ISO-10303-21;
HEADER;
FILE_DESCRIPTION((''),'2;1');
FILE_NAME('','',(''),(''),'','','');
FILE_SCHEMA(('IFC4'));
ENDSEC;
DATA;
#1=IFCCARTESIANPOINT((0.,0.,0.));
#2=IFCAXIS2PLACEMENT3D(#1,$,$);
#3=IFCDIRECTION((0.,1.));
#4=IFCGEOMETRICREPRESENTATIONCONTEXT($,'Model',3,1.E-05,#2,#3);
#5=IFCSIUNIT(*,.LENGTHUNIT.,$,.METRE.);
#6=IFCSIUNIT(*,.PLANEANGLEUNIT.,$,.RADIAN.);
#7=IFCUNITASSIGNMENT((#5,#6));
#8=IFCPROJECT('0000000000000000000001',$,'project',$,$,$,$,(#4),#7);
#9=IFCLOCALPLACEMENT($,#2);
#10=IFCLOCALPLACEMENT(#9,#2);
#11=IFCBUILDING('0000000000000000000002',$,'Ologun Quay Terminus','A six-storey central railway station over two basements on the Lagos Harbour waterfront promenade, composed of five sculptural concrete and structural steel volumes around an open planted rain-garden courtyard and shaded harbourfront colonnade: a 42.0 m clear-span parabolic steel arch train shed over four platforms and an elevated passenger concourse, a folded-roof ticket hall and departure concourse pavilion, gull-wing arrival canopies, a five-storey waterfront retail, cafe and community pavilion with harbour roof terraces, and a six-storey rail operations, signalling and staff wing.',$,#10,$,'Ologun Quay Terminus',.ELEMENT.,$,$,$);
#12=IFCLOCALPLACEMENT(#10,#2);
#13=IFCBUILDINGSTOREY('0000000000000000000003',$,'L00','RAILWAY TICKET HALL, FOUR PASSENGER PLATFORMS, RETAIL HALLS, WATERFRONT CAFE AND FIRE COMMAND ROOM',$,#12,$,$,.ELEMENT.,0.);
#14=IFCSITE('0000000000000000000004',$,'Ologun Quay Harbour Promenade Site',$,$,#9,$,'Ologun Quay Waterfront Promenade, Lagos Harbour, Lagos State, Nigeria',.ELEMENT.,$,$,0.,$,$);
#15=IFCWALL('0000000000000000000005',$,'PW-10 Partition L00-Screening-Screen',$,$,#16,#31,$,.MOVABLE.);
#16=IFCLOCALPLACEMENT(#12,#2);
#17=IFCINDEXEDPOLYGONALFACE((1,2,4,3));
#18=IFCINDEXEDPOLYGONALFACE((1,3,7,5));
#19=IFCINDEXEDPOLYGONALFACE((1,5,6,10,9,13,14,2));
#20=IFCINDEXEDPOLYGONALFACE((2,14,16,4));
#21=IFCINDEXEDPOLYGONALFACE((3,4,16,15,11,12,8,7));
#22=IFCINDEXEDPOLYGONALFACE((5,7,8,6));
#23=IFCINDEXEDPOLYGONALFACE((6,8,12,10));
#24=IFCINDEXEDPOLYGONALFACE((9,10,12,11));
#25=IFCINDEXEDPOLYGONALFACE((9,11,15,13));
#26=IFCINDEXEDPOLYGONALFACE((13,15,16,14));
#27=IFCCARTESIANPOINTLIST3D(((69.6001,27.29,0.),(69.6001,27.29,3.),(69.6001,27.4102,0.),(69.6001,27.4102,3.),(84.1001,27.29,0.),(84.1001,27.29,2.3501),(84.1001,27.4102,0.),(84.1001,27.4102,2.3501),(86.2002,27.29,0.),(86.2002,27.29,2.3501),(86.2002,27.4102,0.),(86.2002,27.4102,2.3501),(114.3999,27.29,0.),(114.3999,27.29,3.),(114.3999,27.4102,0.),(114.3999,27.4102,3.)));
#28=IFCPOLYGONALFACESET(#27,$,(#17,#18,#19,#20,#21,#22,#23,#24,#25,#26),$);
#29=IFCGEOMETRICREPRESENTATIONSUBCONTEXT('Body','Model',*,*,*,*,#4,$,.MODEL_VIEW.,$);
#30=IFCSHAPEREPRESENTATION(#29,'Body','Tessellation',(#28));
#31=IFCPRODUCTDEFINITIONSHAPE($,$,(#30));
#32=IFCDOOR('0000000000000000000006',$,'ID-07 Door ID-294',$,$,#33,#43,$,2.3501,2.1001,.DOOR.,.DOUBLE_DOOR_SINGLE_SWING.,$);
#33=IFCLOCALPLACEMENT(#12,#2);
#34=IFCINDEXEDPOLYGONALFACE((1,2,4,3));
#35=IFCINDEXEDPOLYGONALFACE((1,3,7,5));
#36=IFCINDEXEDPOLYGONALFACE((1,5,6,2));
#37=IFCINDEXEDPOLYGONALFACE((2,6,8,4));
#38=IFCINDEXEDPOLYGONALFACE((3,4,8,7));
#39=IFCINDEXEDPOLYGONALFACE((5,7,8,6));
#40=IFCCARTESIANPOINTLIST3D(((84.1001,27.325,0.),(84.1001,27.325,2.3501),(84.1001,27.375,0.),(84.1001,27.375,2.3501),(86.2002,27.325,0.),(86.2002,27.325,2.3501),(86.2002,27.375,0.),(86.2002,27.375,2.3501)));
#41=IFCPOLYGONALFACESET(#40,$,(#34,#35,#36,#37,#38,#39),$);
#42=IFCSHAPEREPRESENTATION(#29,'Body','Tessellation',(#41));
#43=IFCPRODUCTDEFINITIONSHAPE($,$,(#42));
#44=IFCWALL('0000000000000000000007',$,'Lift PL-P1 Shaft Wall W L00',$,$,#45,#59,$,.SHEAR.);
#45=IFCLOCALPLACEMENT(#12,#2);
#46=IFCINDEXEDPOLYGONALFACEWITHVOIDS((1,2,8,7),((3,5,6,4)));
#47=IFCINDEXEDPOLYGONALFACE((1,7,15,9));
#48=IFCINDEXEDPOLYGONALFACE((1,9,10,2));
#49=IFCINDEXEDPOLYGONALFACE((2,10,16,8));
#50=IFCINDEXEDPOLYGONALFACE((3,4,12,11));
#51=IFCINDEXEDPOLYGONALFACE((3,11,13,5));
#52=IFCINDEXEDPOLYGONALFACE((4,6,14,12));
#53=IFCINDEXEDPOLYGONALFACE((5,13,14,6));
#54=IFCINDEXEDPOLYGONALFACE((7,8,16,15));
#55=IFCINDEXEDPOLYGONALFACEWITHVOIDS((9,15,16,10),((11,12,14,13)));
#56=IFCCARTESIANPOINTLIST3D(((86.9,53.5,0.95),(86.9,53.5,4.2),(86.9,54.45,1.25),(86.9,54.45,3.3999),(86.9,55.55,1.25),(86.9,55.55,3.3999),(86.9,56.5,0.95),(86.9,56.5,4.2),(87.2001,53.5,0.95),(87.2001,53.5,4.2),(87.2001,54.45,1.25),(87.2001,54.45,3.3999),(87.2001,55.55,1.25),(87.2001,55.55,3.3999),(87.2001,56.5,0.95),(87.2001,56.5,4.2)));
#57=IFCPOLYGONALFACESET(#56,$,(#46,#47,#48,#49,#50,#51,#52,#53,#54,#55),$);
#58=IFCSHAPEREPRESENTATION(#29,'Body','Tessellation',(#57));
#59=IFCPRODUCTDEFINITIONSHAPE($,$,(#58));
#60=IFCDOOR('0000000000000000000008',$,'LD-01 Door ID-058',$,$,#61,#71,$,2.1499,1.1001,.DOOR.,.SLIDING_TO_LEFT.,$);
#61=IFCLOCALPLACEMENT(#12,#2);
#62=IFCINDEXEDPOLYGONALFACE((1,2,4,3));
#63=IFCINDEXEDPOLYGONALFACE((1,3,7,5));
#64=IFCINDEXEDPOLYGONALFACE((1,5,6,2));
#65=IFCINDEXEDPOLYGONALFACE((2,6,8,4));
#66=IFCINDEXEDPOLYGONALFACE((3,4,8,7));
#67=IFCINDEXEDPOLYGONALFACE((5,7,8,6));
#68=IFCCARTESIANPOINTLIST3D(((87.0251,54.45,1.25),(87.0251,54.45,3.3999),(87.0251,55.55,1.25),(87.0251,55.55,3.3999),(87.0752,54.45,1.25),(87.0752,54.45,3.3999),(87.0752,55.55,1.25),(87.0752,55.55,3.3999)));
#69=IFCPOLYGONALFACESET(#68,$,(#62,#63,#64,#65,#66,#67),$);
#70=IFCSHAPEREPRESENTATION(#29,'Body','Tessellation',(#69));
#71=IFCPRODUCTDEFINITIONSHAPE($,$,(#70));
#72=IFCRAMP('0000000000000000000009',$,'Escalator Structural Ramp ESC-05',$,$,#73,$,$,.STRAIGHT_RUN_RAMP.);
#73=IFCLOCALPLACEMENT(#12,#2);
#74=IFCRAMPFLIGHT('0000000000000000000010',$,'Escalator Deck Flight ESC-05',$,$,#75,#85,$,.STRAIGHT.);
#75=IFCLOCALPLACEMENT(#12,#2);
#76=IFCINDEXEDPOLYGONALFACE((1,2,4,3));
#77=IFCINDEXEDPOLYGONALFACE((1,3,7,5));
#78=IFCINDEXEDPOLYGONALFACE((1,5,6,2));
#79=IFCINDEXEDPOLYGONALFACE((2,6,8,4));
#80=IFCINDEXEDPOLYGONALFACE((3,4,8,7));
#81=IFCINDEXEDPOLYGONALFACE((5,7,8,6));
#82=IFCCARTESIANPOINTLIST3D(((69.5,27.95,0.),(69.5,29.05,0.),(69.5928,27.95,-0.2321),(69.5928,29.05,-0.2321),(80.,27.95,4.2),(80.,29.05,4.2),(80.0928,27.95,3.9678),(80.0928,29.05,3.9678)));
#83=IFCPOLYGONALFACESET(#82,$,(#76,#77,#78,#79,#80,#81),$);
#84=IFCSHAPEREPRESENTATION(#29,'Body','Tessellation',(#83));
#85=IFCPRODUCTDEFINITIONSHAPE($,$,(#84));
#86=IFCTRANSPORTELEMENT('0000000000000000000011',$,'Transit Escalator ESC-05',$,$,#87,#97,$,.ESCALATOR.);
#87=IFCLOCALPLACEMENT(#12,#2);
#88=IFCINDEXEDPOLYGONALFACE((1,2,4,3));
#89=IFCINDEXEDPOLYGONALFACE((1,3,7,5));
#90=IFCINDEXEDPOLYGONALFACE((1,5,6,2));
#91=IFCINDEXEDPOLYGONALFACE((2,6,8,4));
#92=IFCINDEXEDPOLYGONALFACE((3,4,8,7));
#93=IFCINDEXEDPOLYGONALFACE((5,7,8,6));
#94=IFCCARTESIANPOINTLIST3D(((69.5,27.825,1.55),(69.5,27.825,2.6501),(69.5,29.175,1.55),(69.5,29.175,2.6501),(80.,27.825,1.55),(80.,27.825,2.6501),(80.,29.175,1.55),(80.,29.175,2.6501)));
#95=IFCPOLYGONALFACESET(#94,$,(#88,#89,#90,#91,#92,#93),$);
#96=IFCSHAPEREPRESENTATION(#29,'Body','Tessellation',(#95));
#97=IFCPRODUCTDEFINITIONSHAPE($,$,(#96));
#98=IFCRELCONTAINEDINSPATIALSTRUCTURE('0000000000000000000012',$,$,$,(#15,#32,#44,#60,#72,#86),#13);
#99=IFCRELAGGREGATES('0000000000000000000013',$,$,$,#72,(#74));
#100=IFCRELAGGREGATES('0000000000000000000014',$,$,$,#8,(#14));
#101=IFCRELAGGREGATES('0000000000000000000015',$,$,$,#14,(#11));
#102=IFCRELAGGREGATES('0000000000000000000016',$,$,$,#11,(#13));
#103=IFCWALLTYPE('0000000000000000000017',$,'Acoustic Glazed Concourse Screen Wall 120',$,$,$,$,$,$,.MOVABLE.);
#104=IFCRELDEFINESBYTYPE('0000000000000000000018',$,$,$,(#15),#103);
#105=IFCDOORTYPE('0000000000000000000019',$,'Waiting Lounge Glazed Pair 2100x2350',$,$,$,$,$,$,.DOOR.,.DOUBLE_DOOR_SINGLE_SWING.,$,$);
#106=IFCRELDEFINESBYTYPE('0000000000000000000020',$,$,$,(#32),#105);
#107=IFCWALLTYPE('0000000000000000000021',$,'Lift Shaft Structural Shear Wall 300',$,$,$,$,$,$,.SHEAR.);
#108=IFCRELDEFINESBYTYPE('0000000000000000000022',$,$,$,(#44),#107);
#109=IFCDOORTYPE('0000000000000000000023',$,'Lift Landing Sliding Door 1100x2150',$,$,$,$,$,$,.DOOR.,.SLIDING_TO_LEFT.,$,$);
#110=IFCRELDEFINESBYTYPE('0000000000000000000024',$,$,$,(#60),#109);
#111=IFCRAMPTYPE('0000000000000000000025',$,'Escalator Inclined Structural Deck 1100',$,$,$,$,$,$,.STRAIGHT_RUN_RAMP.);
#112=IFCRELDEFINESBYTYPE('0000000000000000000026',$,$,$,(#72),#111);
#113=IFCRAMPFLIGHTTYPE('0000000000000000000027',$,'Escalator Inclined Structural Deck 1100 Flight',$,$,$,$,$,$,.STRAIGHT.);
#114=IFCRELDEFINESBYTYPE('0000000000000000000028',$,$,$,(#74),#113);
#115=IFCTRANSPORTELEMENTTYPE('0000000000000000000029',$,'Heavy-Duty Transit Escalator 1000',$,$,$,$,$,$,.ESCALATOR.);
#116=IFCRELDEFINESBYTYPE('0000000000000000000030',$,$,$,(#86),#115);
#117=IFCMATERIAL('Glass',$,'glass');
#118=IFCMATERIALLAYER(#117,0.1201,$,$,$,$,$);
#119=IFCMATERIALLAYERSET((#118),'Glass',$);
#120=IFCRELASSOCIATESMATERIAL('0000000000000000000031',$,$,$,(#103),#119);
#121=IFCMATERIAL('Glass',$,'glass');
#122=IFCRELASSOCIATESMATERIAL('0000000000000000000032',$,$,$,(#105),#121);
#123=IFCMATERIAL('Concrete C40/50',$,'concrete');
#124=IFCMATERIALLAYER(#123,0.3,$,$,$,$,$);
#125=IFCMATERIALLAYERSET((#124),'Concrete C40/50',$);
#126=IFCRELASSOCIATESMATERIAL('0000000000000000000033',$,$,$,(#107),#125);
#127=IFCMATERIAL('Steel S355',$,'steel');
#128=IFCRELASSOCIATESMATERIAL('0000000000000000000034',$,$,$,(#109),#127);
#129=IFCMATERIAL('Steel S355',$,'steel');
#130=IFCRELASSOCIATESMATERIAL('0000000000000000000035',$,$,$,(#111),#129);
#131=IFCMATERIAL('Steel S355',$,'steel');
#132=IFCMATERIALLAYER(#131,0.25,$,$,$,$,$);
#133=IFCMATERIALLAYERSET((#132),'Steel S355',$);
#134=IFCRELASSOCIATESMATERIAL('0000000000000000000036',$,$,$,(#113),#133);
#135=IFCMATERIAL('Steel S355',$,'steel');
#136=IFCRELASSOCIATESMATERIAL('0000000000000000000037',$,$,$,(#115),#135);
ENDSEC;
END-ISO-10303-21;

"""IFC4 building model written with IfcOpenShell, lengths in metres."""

from ifc_helpers import new_model, si_unit, direction, frame, frame_2d, origin, origin_2d, place, context, subcontext, project, spatial, polyline, rectangle, outline, extrude, material, layer, layer_set, type_object, element, fill, aggregate, save


model = new_model("IFC4")

# Units and contexts
model_context = context("Model", 3, precision=1e-05, world=origin(), true_north=direction((0.0, 1.0)))
body_context = subcontext(model_context, "Body", "Model", "MODEL_VIEW")
ifc_project = project(units=[si_unit("LENGTHUNIT", "METRE"), si_unit("PLANEANGLEUNIT", "RADIAN")], contexts=[model_context])

# Site, building, storey
site_placement = place(None, origin())
site = spatial("IfcSite", under=ifc_project, at=site_placement, Name="Ologun Quay Harbour Promenade Site", LongName="Ologun Quay Waterfront Promenade, Lagos Harbour, Lagos State, Nigeria", CompositionType="ELEMENT", RefElevation=0.0)
building_placement = place(site_placement, origin())
building = spatial("IfcBuilding", under=site, at=building_placement, Name="Ologun Quay Terminus", Description="A six-storey central railway station over two basements on the Lagos Harbour waterfront promenade, composed of five sculptural concrete and structural steel volumes around an open planted rain-garden courtyard and shaded harbourfront colonnade: a 42.0 m clear-span parabolic steel arch train shed over four platforms and an elevated passenger concourse, a folded-roof ticket hall and departure concourse pavilion, gull-wing arrival canopies, a five-storey waterfront retail, cafe and community pavilion with harbour roof terraces, and a six-storey rail operations, signalling and staff wing.", LongName="Ologun Quay Terminus", CompositionType="ELEMENT")
storey_placement = place(building_placement, origin())
storey = spatial("IfcBuildingStorey", under=building, at=storey_placement, Name="L00", Description="RAILWAY TICKET HALL, FOUR PASSENGER PLATFORMS, RETAIL HALLS, WATERFRONT CAFE AND FIRE COMMAND ROOM", CompositionType="ELEMENT", Elevation=0.0)

# Walls, openings, doors
ifc_material_1 = material(Name="Glass", Category="glass")
ifc_layer_1 = layer(ifc_material_1, 0.1201)
ifc_layer_set_1 = layer_set([ifc_layer_1], Name="Glass")
wall_type_1 = type_object("IfcWallType", Name="Acoustic Glazed Concourse Screen Wall 120", PredefinedType="MOVABLE", material=ifc_layer_set_1)
wall_1_placement = place(storey_placement, frame((69.6001, 27.3501, 0.0), z_axis=(0.0, 0.0, 1.0), x_axis=(1.0, 0.0, 0.0)))
wall_1 = element("IfcWall", 1, at=wall_1_placement, inside=storey, type_object=wall_type_1, Name="PW-10 Partition L00-Screening-Screen", PredefinedType="MOVABLE", context=body_context, shape_type="SweptSolid", body=[
    extrude(rectangle(XDim=44.7998, YDim=0.1201, at=frame_2d((22.3999, 0.0))), origin(), (0.0, 0.0, 1.0), 3.0),
])
opening_1_placement = place(wall_1_placement, frame((14.5, 0.0, 0.0)))
opening_1 = element("IfcOpeningElement", 2, at=opening_1_placement, cuts=wall_1, PredefinedType="OPENING", context=body_context, shape_type="SweptSolid", body=[
    extrude(rectangle(XDim=2.1001, YDim=2.3501, at=frame_2d((1.05, 1.175))), frame((0.0, 0.0701, 0.0), z_axis=(0.0, -1.0, 0.0), x_axis=(1.0, 0.0, 0.0)), (0.0, 0.0, 1.0), 0.1401),
])
ifc_material_2 = material(Name="Glass", Category="glass")
door_type_1 = type_object("IfcDoorType", Name="Waiting Lounge Glazed Pair 2100x2350", OperationType="DOUBLE_DOOR_SINGLE_SWING", PredefinedType="DOOR", material=ifc_material_2)
door_1_placement = place(opening_1_placement, origin())
door_1 = element("IfcDoor", 3, at=door_1_placement, inside=storey, type_object=door_type_1, Name="ID-07 Door ID-294", OperationType="DOUBLE_DOOR_SINGLE_SWING", OverallHeight=2.3501, OverallWidth=2.1001, PredefinedType="DOOR", context=body_context, shape_type="SweptSolid", body=[
    extrude(rectangle(XDim=2.1001, YDim=2.3501, at=frame_2d((1.05, 1.175))), frame((0.0, 0.0249, 0.0), z_axis=(0.0, -1.0, 0.0), x_axis=(1.0, 0.0, 0.0)), (0.0, 0.0, 1.0), 0.05),
])
fill(opening_1, door_1)
ifc_material_3 = material(Name="Concrete C40/50", Category="concrete")
ifc_layer_2 = layer(ifc_material_3, 0.3)
ifc_layer_set_2 = layer_set([ifc_layer_2], Name="Concrete C40/50")
wall_type_2 = type_object("IfcWallType", Name="Lift Shaft Structural Shear Wall 300", PredefinedType="SHEAR", material=ifc_layer_set_2)
wall_2_placement = place(storey_placement, frame((87.05, 53.5, 0.95), z_axis=(0.0, 0.0, 1.0), x_axis=(0.0, 1.0, 0.0)))
wall_2 = element("IfcWall", 4, at=wall_2_placement, inside=storey, type_object=wall_type_2, Name="Lift PL-P1 Shaft Wall W L00", PredefinedType="SHEAR", context=body_context, shape_type="SweptSolid", body=[
    extrude(rectangle(XDim=3.0, YDim=0.3, at=frame_2d((1.5, 0.0))), origin(), (0.0, 0.0, 1.0), 3.25),
])
opening_2_placement = place(wall_2_placement, frame((0.95, 0.0, 0.3)))
opening_2 = element("IfcOpeningElement", 5, at=opening_2_placement, cuts=wall_2, PredefinedType="OPENING", context=body_context, shape_type="SweptSolid", body=[
    extrude(rectangle(XDim=1.1001, YDim=2.1499, at=frame_2d((0.55, 1.075))), frame((0.0, 0.1602, 0.0), z_axis=(0.0, -1.0, 0.0), x_axis=(1.0, 0.0, 0.0)), (0.0, 0.0, 1.0), 0.3201),
])
ifc_material_4 = material(Name="Steel S355", Category="steel")
door_type_2 = type_object("IfcDoorType", Name="Lift Landing Sliding Door 1100x2150", OperationType="SLIDING_TO_LEFT", PredefinedType="DOOR", material=ifc_material_4)
door_2_placement = place(opening_2_placement, origin())
door_2 = element("IfcDoor", 6, at=door_2_placement, inside=storey, type_object=door_type_2, Name="LD-01 Door ID-058", OperationType="SLIDING_TO_LEFT", OverallHeight=2.1499, OverallWidth=1.1001, PredefinedType="DOOR", context=body_context, shape_type="SweptSolid", body=[
    extrude(rectangle(XDim=1.1001, YDim=2.1499, at=frame_2d((0.55, 1.075))), frame((0.0, 0.0249, 0.0), z_axis=(0.0, -1.0, 0.0), x_axis=(1.0, 0.0, 0.0)), (0.0, 0.0, 1.0), 0.05),
])
fill(opening_2, door_2)

# Ramp, ramp flight
ifc_material_5 = material(Name="Steel S355", Category="steel")
ramp_type = type_object("IfcRampType", Name="Escalator Inclined Structural Deck 1100", PredefinedType="STRAIGHT_RUN_RAMP", material=ifc_material_5)
ramp_placement = place(storey_placement, origin())
ramp = element("IfcRamp", 7, at=ramp_placement, inside=storey, type_object=ramp_type, Name="Escalator Structural Ramp ESC-05", PredefinedType="STRAIGHT_RUN_RAMP")
ifc_material_6 = material(Name="Steel S355", Category="steel")
ifc_layer_3 = layer(ifc_material_6, 0.25)
ifc_layer_set_3 = layer_set([ifc_layer_3], Name="Steel S355")
ramp_flight_type = type_object("IfcRampFlightType", Name="Escalator Inclined Structural Deck 1100 Flight", PredefinedType="STRAIGHT", material=ifc_layer_set_3)
ramp_flight_placement = place(storey_placement, frame((69.5, 27.95, 0.0), z_axis=(-0.371387, 0.0, 0.928478), x_axis=(0.928478, 0.0, 0.371387)))
ramp_flight = element("IfcRampFlight", 8, at=ramp_flight_placement, type_object=ramp_flight_type, Name="Escalator Deck Flight ESC-05", PredefinedType="STRAIGHT", context=body_context, shape_type="SweptSolid", body=[
    extrude(outline(polyline([(0.0, 0.0), (11.3088, 0.0), (11.3088, 1.1001), (0.0, 1.1001), (0.0, 0.0)])), origin(), (0.0, 0.0, -1.0), 0.25),
])
aggregate(ramp, [ramp_flight])

# Transport element
ifc_material_7 = material(Name="Steel S355", Category="steel")
transport_element_type = type_object("IfcTransportElementType", Name="Heavy-Duty Transit Escalator 1000", PredefinedType="ESCALATOR", material=ifc_material_7)
transport_element_placement = place(storey_placement, frame((74.75, 28.5, 1.55), z_axis=(0.0, 0.0, 1.0), x_axis=(1.0, 0.0, 0.0)))
element("IfcTransportElement", 9, at=transport_element_placement, inside=storey, type_object=transport_element_type, Name="Transit Escalator ESC-05", PredefinedType="ESCALATOR", context=body_context, shape_type="SweptSolid", body=[
    extrude(rectangle(XDim=10.5, YDim=1.3501, at=origin_2d()), origin(), (0.0, 0.0, 1.0), 1.1001),
])

save(model, "model.ifc")
